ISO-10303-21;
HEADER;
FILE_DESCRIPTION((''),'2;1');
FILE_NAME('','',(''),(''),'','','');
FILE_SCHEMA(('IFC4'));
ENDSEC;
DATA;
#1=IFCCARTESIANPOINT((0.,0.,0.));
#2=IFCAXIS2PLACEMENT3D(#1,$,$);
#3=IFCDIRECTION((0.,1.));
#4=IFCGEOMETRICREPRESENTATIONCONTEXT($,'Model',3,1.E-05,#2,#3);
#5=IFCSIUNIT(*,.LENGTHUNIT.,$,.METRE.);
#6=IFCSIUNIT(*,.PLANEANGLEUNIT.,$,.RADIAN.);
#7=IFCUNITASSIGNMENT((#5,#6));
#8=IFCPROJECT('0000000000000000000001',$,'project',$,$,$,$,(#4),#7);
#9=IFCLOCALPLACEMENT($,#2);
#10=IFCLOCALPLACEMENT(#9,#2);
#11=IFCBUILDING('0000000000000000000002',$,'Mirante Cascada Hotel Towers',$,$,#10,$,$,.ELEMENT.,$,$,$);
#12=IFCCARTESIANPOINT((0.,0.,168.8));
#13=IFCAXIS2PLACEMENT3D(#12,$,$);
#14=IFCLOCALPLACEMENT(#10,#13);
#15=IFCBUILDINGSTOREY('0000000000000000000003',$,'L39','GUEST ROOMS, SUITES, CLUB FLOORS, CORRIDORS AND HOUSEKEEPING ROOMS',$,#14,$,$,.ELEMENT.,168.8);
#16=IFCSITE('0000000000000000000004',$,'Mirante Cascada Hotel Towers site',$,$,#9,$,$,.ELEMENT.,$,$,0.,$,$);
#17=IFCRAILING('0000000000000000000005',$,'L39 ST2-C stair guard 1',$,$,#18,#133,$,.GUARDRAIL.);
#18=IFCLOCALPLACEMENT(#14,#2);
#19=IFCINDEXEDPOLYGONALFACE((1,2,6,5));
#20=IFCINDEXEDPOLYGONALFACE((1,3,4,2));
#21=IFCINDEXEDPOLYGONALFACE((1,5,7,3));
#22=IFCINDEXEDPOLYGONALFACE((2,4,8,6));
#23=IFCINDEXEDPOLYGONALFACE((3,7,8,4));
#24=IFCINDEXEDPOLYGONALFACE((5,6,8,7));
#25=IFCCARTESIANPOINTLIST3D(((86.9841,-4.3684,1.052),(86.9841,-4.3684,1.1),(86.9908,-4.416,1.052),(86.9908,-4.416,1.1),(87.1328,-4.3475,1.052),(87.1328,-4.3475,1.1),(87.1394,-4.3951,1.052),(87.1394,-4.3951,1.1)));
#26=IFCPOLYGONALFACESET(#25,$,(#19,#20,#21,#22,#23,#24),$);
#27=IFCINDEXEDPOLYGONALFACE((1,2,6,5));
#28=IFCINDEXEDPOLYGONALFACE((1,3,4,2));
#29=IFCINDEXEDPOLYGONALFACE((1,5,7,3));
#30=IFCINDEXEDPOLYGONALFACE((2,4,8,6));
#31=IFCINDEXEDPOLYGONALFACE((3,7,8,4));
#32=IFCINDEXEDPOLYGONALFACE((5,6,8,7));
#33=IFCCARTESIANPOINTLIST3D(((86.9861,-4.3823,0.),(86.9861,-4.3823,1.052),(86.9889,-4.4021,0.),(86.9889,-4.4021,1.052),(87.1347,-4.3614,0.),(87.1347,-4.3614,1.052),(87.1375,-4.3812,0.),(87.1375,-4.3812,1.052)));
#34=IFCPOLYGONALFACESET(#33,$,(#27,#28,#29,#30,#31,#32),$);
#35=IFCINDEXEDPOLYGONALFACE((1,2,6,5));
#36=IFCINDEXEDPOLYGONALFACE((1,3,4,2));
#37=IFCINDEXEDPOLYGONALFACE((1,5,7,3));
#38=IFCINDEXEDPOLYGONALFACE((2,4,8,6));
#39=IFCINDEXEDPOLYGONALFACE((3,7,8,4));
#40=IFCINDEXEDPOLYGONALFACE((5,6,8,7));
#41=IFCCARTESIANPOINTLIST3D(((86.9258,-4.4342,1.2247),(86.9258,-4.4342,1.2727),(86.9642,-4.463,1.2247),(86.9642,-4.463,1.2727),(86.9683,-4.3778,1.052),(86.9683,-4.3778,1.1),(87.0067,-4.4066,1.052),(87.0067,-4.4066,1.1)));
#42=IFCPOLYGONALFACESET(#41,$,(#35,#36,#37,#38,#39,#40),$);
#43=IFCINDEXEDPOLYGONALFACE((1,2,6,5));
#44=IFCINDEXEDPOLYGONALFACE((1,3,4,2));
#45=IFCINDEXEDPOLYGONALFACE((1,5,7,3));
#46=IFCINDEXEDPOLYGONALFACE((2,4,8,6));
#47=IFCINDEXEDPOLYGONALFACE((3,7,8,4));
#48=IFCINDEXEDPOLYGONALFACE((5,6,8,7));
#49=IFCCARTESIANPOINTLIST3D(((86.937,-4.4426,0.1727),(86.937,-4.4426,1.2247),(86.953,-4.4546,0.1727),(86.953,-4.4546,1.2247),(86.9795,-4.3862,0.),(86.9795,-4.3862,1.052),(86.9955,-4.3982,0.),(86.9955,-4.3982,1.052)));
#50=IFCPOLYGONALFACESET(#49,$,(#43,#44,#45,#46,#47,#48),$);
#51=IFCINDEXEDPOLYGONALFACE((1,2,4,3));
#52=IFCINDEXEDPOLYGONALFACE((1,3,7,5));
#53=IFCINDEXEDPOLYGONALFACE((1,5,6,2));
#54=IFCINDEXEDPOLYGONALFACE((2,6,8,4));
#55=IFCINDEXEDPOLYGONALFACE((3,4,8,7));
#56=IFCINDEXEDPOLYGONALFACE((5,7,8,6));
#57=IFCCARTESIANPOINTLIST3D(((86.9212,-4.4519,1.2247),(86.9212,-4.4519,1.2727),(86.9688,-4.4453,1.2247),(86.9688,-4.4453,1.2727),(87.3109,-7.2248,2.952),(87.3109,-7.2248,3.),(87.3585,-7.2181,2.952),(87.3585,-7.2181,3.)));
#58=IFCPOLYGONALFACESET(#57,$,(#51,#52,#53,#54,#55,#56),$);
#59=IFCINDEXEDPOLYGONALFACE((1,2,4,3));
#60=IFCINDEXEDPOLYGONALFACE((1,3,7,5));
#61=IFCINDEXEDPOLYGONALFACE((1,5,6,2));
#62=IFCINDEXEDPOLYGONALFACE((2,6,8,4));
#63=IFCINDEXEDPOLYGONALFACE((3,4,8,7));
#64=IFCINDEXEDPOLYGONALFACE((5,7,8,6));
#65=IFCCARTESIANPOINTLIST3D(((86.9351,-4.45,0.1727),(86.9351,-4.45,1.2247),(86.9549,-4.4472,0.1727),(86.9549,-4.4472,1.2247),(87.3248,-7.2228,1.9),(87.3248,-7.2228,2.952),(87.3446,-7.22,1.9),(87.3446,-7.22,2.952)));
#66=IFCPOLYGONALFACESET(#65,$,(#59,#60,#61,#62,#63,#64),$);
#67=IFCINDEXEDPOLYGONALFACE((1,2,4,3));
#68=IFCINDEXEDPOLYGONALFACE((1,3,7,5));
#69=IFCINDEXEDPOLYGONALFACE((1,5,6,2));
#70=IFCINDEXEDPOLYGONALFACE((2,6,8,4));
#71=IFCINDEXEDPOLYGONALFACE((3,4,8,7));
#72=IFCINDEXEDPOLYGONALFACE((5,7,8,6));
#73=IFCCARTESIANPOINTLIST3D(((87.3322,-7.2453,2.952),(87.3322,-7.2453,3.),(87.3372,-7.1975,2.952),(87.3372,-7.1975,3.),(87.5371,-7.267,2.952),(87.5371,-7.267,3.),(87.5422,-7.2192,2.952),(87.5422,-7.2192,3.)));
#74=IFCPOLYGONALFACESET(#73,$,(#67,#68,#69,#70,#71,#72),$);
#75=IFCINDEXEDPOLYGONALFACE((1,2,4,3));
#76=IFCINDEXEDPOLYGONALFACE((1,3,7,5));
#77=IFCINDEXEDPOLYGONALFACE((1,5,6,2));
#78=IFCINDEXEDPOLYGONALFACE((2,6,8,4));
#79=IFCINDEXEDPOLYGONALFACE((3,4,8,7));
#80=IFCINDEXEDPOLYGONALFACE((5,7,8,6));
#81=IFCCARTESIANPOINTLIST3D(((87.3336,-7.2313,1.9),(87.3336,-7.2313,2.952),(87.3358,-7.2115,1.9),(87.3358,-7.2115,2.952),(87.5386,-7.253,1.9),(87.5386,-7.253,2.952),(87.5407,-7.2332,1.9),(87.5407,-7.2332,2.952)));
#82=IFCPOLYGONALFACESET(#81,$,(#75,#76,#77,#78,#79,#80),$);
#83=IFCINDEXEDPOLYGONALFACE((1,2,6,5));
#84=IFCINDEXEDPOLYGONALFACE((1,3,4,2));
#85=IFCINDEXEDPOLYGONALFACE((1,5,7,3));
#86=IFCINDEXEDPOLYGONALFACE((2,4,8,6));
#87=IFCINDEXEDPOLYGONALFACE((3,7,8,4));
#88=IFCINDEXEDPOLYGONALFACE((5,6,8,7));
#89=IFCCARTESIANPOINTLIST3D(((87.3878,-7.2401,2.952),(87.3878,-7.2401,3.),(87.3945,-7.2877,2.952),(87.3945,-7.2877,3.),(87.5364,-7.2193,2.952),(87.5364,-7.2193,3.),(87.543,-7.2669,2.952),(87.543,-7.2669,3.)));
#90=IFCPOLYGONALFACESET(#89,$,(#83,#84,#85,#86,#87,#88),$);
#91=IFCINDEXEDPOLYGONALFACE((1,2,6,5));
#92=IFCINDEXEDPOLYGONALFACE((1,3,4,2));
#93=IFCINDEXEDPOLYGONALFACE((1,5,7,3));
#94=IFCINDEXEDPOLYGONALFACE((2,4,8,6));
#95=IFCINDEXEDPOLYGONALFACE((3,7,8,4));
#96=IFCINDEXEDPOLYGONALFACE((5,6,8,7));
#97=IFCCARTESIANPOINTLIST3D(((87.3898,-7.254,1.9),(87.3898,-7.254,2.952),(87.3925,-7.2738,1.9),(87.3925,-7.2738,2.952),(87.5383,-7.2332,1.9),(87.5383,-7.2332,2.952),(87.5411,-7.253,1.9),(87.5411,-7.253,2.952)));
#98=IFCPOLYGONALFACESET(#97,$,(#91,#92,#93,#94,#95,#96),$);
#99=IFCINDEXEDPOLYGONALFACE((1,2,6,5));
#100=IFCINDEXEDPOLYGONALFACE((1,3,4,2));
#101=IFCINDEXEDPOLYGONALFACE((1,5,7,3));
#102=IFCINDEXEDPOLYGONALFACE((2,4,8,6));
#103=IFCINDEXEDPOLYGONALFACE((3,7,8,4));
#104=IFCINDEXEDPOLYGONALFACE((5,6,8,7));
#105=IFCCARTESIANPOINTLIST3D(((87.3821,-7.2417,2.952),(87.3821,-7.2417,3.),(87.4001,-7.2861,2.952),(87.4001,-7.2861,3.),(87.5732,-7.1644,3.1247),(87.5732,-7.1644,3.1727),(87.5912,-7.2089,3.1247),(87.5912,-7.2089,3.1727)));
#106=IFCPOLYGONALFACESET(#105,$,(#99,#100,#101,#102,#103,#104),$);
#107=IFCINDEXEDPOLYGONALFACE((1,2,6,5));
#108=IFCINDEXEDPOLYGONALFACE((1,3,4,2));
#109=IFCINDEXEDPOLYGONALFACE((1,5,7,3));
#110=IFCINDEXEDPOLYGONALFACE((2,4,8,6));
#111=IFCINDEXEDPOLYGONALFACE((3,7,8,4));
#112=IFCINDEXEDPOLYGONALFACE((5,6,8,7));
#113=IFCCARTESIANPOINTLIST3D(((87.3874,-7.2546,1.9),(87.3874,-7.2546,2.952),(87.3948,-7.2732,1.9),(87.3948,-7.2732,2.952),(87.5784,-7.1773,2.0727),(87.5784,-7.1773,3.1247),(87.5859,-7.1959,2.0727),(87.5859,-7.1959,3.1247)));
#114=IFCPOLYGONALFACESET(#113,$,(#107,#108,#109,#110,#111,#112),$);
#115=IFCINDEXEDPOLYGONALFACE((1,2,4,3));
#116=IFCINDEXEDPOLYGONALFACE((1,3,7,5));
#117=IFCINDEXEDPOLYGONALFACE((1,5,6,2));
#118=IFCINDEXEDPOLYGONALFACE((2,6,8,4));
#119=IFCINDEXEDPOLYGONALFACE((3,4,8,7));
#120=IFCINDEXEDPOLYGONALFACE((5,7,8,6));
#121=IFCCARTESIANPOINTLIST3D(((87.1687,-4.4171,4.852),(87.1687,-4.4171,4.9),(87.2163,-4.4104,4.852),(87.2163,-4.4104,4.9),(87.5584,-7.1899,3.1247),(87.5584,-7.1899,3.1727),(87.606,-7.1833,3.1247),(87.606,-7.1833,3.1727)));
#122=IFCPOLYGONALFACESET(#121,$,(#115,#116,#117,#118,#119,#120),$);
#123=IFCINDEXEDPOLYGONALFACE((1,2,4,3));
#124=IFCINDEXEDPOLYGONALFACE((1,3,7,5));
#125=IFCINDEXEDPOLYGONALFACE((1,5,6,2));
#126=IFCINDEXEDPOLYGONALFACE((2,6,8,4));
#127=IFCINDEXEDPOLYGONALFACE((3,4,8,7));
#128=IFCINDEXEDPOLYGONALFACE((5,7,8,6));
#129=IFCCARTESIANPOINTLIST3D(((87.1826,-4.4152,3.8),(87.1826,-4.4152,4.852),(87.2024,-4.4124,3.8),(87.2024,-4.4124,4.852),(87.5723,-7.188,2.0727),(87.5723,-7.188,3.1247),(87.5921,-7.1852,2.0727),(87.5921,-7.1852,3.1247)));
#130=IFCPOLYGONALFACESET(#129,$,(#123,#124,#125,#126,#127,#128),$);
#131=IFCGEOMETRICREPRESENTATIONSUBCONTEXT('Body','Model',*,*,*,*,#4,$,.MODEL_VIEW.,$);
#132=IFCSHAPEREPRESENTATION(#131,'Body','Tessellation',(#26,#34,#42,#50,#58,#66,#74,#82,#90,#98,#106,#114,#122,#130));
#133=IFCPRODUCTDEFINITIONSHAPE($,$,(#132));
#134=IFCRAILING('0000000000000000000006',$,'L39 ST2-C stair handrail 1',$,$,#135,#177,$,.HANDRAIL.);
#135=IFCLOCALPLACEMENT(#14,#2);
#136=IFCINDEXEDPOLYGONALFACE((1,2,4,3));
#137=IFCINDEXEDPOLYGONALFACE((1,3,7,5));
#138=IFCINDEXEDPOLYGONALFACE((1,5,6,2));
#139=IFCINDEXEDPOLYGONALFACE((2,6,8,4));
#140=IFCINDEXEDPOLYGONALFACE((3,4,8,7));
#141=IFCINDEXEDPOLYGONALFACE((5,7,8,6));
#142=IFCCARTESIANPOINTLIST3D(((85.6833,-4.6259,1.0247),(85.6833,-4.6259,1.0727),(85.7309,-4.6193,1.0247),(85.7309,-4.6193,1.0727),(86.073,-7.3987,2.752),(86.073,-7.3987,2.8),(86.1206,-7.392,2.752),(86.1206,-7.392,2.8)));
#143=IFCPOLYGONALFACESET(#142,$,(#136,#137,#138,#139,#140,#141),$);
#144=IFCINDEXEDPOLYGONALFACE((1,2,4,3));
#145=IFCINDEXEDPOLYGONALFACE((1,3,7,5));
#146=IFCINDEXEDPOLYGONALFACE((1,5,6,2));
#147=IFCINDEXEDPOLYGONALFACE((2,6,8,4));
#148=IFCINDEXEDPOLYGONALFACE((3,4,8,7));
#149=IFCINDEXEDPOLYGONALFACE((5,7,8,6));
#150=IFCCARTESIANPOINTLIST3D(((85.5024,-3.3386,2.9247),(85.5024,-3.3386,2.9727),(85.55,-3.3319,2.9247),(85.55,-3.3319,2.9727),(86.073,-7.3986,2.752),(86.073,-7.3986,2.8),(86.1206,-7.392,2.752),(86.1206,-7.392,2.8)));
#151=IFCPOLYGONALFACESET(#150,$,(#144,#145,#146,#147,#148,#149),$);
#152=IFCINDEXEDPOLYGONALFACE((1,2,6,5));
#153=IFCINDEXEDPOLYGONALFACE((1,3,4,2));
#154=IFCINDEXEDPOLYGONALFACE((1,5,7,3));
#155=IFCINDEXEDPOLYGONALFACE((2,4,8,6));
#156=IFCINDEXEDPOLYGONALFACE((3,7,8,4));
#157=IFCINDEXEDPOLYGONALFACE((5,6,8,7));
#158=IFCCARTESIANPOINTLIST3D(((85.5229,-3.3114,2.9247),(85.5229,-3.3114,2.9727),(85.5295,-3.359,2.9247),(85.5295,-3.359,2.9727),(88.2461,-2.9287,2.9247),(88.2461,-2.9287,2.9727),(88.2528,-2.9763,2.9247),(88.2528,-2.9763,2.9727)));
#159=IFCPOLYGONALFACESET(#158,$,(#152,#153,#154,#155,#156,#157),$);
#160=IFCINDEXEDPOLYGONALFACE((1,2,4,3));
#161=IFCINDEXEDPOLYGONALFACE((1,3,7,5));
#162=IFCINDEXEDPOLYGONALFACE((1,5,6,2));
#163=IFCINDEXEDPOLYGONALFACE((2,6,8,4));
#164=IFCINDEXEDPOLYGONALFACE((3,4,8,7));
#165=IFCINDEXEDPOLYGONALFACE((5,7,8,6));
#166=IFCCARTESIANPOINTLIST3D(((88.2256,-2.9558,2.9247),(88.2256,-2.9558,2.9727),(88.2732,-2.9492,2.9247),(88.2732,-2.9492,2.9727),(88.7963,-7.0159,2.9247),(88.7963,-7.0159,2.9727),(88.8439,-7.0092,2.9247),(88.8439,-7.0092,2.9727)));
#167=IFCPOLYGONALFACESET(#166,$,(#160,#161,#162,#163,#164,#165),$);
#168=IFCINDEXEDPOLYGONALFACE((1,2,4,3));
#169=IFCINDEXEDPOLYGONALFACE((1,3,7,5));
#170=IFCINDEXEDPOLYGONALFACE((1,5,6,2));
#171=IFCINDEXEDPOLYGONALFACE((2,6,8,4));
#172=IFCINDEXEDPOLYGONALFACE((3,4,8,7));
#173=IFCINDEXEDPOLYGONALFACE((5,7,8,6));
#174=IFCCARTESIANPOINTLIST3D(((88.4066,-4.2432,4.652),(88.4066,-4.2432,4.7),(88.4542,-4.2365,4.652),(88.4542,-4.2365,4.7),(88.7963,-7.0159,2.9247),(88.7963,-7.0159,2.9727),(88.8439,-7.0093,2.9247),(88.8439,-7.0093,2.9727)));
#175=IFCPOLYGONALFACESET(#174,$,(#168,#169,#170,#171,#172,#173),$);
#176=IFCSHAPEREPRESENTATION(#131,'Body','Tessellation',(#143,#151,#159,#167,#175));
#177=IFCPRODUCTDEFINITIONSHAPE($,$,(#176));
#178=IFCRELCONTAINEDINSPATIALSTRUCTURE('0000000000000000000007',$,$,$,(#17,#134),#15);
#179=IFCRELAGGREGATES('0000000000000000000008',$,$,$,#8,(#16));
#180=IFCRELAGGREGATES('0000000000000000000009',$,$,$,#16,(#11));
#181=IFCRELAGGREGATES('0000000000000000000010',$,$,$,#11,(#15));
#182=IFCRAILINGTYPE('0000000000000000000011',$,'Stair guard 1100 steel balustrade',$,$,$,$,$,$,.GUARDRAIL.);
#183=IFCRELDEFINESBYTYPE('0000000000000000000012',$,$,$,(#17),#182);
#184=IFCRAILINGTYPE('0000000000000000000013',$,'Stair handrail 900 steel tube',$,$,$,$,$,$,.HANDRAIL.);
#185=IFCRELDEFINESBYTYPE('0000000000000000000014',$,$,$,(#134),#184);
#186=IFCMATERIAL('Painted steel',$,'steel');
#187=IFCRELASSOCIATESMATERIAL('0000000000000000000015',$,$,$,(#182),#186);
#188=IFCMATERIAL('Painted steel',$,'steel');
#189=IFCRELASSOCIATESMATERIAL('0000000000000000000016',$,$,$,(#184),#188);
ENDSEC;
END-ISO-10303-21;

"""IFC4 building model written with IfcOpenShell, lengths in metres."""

from ifc_helpers import new_model, si_unit, direction, frame, origin, origin_2d, place, context, subcontext, project, spatial, rectangle, extrude, material, type_object, element, save


model = new_model("IFC4")

# Units and contexts
model_context = context("Model", 3, precision=1e-05, world=origin(), true_north=direction((0.0, 1.0)))
body_context = subcontext(model_context, "Body", "Model", "MODEL_VIEW")
ifc_project = project(units=[si_unit("LENGTHUNIT", "METRE"), si_unit("PLANEANGLEUNIT", "RADIAN")], contexts=[model_context])

# Site, building, storey
site_placement = place(None, origin())
site = spatial("IfcSite", under=ifc_project, at=site_placement, Name="Mirante Cascada Hotel Towers site", CompositionType="ELEMENT", RefElevation=0.0)
building_placement = place(site_placement, origin())
building = spatial("IfcBuilding", under=site, at=building_placement, Name="Mirante Cascada Hotel Towers", CompositionType="ELEMENT")
storey_placement = place(building_placement, frame((0.0, 0.0, 168.8)))
storey = spatial("IfcBuildingStorey", under=building, at=storey_placement, Name="L39", Description="GUEST ROOMS, SUITES, CLUB FLOORS, CORRIDORS AND HOUSEKEEPING ROOMS", CompositionType="ELEMENT", Elevation=168.8)

# Railings
ifc_material_1 = material(Name="Painted steel", Category="steel")
railing_type_1 = type_object("IfcRailingType", Name="Stair guard 1100 steel balustrade", PredefinedType="GUARDRAIL", material=ifc_material_1)
railing_1_placement = place(storey_placement, frame((87.1361, -4.3713, 0.0)))
element("IfcRailing", 1, at=railing_1_placement, inside=storey, type_object=railing_type_1, Name="L39 ST2-C stair guard 1", PredefinedType="GUARDRAIL", context=body_context, shape_type="SweptSolid", body=[
    extrude(rectangle(XDim=0.048, YDim=0.048, at=origin_2d()), frame((0.0, 0.0, 1.076), z_axis=(-0.990254, -0.139275, 0.0), x_axis=(0.139275, -0.990254, 0.0)), (0.0, 0.0, 1.0), 0.1501),
    extrude(rectangle(XDim=0.02, YDim=1.052, at=origin_2d()), frame((0.0, 0.0, 0.526), z_axis=(-0.990254, -0.139275, 0.0), x_axis=(0.139275, -0.990254, 0.0)), (0.0, 0.0, 1.0), 0.1501),
    extrude(rectangle(XDim=0.048, YDim=0.048, at=origin_2d()), frame((-0.1486, -0.0209, 1.076), z_axis=(-0.601811, -0.798639, 0.0), x_axis=(0.798639, -0.601811, 0.0)), (0.0, 0.925603, 0.378496), 0.1866),
    extrude(rectangle(XDim=0.02, YDim=1.052, at=origin_2d()), frame((-0.1486, -0.0209, 0.526), z_axis=(-0.601811, -0.798639, 0.0), x_axis=(0.798639, -0.601811, 0.0)), (0.0, 0.925603, 0.378496), 0.1866),
    extrude(rectangle(XDim=0.048, YDim=0.048, at=origin_2d()), frame((-0.1911, -0.0773, 1.2487), z_axis=(0.139176, -0.990268, 0.0), x_axis=(0.990268, 0.139176, 0.0)), (0.0, 0.525021, 0.851089), 3.29),
    extrude(rectangle(XDim=0.02, YDim=1.052, at=origin_2d()), frame((-0.1911, -0.0773, 0.6987), z_axis=(0.139176, -0.990268, 0.0), x_axis=(0.990268, 0.139176, 0.0)), (0.0, 0.525021, 0.851089), 3.29),
    extrude(rectangle(XDim=0.048, YDim=0.048, at=origin_2d()), frame((0.1986, -2.8501, 2.976), z_axis=(0.994444, -0.105266, 0.0), x_axis=(0.105266, 0.994444, 0.0)), (0.0, 0.0, 1.0), 0.2061),
    extrude(rectangle(XDim=0.02, YDim=1.052, at=origin_2d()), frame((0.1986, -2.8501, 2.426), z_axis=(0.994444, -0.105266, 0.0), x_axis=(0.105266, 0.994444, 0.0)), (0.0, 0.0, 1.0), 0.2061),
    extrude(rectangle(XDim=0.048, YDim=0.048, at=origin_2d()), frame((0.4036, -2.8718, 2.976), z_axis=(-0.990345, -0.138622, 0.0), x_axis=(0.138622, -0.990345, 0.0)), (0.0, 0.0, 1.0), 0.15),
    extrude(rectangle(XDim=0.02, YDim=1.052, at=origin_2d()), frame((0.4036, -2.8718, 2.426), z_axis=(-0.990345, -0.138622, 0.0), x_axis=(0.138622, -0.990345, 0.0)), (0.0, 0.0, 1.0), 0.15),
    extrude(rectangle(XDim=0.048, YDim=0.048, at=origin_2d()), frame((0.255, -2.8926, 2.976), z_axis=(0.927031, 0.374984, 0.0), x_axis=(-0.374984, 0.927031, 0.0)), (0.0, 0.64219, 0.766545), 0.2689),
    extrude(rectangle(XDim=0.02, YDim=1.052, at=origin_2d()), frame((0.255, -2.8926, 2.426), z_axis=(0.927031, 0.374984, 0.0), x_axis=(-0.374984, 0.927031, 0.0)), (0.0, 0.64219, 0.766545), 0.2689),
    extrude(rectangle(XDim=0.048, YDim=0.048, at=origin_2d()), frame((0.4461, -2.8153, 3.1487), z_axis=(-0.139176, 0.990268, 0.0), x_axis=(-0.990268, -0.139176, 0.0)), (0.0, 0.525021, 0.851089), 3.29),
    extrude(rectangle(XDim=0.02, YDim=1.052, at=origin_2d()), frame((0.4461, -2.8153, 2.5987), z_axis=(-0.139176, 0.990268, 0.0), x_axis=(-0.990268, -0.139176, 0.0)), (0.0, 0.525021, 0.851089), 3.29),
])
ifc_material_2 = material(Name="Painted steel", Category="steel")
railing_type_2 = type_object("IfcRailingType", Name="Stair handrail 900 steel tube", PredefinedType="HANDRAIL", material=ifc_material_2)
railing_2_placement = place(storey_placement, frame((85.7071, -4.6226, 0.1727)))
element("IfcRailing", 2, at=railing_2_placement, inside=storey, type_object=railing_type_2, Name="L39 ST2-C stair handrail 1", PredefinedType="HANDRAIL", context=body_context, shape_type="SweptSolid", body=[
    extrude(rectangle(XDim=0.048, YDim=0.048, at=origin_2d()), frame((0.0, 0.0, 0.876), z_axis=(0.139181, -0.990267, 0.0), x_axis=(0.990267, 0.139181, 0.0)), (0.0, 0.525035, 0.851081), 3.2899),
    extrude(rectangle(XDim=0.048, YDim=0.048, at=origin_2d()), frame((0.3897, -2.7727, 2.6033), z_axis=(-0.139171, 0.990268, 0.0), x_axis=(-0.990268, -0.139171, 0.0)), (0.0, 0.042085, 0.999114), 4.1036),
    extrude(rectangle(XDim=0.048, YDim=0.048, at=origin_2d()), frame((-0.1809, 1.2874, 2.776), z_axis=(0.990269, 0.139166, 0.0), x_axis=(-0.139166, 0.990269, 0.0)), (0.0, 0.0, 1.0), 2.75),
    extrude(rectangle(XDim=0.048, YDim=0.048, at=origin_2d()), frame((2.5423, 1.6701, 2.776), z_axis=(0.139195, -0.990265, 0.0), x_axis=(0.990265, 0.139195, 0.0)), (0.0, 0.0, 1.0), 4.1),
    extrude(rectangle(XDim=0.048, YDim=0.048, at=origin_2d()), frame((3.113, -2.39, 2.776), z_axis=(-0.139181, 0.990267, 0.0), x_axis=(-0.990267, -0.139181, 0.0)), (0.0, 0.525035, 0.851081), 3.2899),
])

save(model, "model.ifc")
